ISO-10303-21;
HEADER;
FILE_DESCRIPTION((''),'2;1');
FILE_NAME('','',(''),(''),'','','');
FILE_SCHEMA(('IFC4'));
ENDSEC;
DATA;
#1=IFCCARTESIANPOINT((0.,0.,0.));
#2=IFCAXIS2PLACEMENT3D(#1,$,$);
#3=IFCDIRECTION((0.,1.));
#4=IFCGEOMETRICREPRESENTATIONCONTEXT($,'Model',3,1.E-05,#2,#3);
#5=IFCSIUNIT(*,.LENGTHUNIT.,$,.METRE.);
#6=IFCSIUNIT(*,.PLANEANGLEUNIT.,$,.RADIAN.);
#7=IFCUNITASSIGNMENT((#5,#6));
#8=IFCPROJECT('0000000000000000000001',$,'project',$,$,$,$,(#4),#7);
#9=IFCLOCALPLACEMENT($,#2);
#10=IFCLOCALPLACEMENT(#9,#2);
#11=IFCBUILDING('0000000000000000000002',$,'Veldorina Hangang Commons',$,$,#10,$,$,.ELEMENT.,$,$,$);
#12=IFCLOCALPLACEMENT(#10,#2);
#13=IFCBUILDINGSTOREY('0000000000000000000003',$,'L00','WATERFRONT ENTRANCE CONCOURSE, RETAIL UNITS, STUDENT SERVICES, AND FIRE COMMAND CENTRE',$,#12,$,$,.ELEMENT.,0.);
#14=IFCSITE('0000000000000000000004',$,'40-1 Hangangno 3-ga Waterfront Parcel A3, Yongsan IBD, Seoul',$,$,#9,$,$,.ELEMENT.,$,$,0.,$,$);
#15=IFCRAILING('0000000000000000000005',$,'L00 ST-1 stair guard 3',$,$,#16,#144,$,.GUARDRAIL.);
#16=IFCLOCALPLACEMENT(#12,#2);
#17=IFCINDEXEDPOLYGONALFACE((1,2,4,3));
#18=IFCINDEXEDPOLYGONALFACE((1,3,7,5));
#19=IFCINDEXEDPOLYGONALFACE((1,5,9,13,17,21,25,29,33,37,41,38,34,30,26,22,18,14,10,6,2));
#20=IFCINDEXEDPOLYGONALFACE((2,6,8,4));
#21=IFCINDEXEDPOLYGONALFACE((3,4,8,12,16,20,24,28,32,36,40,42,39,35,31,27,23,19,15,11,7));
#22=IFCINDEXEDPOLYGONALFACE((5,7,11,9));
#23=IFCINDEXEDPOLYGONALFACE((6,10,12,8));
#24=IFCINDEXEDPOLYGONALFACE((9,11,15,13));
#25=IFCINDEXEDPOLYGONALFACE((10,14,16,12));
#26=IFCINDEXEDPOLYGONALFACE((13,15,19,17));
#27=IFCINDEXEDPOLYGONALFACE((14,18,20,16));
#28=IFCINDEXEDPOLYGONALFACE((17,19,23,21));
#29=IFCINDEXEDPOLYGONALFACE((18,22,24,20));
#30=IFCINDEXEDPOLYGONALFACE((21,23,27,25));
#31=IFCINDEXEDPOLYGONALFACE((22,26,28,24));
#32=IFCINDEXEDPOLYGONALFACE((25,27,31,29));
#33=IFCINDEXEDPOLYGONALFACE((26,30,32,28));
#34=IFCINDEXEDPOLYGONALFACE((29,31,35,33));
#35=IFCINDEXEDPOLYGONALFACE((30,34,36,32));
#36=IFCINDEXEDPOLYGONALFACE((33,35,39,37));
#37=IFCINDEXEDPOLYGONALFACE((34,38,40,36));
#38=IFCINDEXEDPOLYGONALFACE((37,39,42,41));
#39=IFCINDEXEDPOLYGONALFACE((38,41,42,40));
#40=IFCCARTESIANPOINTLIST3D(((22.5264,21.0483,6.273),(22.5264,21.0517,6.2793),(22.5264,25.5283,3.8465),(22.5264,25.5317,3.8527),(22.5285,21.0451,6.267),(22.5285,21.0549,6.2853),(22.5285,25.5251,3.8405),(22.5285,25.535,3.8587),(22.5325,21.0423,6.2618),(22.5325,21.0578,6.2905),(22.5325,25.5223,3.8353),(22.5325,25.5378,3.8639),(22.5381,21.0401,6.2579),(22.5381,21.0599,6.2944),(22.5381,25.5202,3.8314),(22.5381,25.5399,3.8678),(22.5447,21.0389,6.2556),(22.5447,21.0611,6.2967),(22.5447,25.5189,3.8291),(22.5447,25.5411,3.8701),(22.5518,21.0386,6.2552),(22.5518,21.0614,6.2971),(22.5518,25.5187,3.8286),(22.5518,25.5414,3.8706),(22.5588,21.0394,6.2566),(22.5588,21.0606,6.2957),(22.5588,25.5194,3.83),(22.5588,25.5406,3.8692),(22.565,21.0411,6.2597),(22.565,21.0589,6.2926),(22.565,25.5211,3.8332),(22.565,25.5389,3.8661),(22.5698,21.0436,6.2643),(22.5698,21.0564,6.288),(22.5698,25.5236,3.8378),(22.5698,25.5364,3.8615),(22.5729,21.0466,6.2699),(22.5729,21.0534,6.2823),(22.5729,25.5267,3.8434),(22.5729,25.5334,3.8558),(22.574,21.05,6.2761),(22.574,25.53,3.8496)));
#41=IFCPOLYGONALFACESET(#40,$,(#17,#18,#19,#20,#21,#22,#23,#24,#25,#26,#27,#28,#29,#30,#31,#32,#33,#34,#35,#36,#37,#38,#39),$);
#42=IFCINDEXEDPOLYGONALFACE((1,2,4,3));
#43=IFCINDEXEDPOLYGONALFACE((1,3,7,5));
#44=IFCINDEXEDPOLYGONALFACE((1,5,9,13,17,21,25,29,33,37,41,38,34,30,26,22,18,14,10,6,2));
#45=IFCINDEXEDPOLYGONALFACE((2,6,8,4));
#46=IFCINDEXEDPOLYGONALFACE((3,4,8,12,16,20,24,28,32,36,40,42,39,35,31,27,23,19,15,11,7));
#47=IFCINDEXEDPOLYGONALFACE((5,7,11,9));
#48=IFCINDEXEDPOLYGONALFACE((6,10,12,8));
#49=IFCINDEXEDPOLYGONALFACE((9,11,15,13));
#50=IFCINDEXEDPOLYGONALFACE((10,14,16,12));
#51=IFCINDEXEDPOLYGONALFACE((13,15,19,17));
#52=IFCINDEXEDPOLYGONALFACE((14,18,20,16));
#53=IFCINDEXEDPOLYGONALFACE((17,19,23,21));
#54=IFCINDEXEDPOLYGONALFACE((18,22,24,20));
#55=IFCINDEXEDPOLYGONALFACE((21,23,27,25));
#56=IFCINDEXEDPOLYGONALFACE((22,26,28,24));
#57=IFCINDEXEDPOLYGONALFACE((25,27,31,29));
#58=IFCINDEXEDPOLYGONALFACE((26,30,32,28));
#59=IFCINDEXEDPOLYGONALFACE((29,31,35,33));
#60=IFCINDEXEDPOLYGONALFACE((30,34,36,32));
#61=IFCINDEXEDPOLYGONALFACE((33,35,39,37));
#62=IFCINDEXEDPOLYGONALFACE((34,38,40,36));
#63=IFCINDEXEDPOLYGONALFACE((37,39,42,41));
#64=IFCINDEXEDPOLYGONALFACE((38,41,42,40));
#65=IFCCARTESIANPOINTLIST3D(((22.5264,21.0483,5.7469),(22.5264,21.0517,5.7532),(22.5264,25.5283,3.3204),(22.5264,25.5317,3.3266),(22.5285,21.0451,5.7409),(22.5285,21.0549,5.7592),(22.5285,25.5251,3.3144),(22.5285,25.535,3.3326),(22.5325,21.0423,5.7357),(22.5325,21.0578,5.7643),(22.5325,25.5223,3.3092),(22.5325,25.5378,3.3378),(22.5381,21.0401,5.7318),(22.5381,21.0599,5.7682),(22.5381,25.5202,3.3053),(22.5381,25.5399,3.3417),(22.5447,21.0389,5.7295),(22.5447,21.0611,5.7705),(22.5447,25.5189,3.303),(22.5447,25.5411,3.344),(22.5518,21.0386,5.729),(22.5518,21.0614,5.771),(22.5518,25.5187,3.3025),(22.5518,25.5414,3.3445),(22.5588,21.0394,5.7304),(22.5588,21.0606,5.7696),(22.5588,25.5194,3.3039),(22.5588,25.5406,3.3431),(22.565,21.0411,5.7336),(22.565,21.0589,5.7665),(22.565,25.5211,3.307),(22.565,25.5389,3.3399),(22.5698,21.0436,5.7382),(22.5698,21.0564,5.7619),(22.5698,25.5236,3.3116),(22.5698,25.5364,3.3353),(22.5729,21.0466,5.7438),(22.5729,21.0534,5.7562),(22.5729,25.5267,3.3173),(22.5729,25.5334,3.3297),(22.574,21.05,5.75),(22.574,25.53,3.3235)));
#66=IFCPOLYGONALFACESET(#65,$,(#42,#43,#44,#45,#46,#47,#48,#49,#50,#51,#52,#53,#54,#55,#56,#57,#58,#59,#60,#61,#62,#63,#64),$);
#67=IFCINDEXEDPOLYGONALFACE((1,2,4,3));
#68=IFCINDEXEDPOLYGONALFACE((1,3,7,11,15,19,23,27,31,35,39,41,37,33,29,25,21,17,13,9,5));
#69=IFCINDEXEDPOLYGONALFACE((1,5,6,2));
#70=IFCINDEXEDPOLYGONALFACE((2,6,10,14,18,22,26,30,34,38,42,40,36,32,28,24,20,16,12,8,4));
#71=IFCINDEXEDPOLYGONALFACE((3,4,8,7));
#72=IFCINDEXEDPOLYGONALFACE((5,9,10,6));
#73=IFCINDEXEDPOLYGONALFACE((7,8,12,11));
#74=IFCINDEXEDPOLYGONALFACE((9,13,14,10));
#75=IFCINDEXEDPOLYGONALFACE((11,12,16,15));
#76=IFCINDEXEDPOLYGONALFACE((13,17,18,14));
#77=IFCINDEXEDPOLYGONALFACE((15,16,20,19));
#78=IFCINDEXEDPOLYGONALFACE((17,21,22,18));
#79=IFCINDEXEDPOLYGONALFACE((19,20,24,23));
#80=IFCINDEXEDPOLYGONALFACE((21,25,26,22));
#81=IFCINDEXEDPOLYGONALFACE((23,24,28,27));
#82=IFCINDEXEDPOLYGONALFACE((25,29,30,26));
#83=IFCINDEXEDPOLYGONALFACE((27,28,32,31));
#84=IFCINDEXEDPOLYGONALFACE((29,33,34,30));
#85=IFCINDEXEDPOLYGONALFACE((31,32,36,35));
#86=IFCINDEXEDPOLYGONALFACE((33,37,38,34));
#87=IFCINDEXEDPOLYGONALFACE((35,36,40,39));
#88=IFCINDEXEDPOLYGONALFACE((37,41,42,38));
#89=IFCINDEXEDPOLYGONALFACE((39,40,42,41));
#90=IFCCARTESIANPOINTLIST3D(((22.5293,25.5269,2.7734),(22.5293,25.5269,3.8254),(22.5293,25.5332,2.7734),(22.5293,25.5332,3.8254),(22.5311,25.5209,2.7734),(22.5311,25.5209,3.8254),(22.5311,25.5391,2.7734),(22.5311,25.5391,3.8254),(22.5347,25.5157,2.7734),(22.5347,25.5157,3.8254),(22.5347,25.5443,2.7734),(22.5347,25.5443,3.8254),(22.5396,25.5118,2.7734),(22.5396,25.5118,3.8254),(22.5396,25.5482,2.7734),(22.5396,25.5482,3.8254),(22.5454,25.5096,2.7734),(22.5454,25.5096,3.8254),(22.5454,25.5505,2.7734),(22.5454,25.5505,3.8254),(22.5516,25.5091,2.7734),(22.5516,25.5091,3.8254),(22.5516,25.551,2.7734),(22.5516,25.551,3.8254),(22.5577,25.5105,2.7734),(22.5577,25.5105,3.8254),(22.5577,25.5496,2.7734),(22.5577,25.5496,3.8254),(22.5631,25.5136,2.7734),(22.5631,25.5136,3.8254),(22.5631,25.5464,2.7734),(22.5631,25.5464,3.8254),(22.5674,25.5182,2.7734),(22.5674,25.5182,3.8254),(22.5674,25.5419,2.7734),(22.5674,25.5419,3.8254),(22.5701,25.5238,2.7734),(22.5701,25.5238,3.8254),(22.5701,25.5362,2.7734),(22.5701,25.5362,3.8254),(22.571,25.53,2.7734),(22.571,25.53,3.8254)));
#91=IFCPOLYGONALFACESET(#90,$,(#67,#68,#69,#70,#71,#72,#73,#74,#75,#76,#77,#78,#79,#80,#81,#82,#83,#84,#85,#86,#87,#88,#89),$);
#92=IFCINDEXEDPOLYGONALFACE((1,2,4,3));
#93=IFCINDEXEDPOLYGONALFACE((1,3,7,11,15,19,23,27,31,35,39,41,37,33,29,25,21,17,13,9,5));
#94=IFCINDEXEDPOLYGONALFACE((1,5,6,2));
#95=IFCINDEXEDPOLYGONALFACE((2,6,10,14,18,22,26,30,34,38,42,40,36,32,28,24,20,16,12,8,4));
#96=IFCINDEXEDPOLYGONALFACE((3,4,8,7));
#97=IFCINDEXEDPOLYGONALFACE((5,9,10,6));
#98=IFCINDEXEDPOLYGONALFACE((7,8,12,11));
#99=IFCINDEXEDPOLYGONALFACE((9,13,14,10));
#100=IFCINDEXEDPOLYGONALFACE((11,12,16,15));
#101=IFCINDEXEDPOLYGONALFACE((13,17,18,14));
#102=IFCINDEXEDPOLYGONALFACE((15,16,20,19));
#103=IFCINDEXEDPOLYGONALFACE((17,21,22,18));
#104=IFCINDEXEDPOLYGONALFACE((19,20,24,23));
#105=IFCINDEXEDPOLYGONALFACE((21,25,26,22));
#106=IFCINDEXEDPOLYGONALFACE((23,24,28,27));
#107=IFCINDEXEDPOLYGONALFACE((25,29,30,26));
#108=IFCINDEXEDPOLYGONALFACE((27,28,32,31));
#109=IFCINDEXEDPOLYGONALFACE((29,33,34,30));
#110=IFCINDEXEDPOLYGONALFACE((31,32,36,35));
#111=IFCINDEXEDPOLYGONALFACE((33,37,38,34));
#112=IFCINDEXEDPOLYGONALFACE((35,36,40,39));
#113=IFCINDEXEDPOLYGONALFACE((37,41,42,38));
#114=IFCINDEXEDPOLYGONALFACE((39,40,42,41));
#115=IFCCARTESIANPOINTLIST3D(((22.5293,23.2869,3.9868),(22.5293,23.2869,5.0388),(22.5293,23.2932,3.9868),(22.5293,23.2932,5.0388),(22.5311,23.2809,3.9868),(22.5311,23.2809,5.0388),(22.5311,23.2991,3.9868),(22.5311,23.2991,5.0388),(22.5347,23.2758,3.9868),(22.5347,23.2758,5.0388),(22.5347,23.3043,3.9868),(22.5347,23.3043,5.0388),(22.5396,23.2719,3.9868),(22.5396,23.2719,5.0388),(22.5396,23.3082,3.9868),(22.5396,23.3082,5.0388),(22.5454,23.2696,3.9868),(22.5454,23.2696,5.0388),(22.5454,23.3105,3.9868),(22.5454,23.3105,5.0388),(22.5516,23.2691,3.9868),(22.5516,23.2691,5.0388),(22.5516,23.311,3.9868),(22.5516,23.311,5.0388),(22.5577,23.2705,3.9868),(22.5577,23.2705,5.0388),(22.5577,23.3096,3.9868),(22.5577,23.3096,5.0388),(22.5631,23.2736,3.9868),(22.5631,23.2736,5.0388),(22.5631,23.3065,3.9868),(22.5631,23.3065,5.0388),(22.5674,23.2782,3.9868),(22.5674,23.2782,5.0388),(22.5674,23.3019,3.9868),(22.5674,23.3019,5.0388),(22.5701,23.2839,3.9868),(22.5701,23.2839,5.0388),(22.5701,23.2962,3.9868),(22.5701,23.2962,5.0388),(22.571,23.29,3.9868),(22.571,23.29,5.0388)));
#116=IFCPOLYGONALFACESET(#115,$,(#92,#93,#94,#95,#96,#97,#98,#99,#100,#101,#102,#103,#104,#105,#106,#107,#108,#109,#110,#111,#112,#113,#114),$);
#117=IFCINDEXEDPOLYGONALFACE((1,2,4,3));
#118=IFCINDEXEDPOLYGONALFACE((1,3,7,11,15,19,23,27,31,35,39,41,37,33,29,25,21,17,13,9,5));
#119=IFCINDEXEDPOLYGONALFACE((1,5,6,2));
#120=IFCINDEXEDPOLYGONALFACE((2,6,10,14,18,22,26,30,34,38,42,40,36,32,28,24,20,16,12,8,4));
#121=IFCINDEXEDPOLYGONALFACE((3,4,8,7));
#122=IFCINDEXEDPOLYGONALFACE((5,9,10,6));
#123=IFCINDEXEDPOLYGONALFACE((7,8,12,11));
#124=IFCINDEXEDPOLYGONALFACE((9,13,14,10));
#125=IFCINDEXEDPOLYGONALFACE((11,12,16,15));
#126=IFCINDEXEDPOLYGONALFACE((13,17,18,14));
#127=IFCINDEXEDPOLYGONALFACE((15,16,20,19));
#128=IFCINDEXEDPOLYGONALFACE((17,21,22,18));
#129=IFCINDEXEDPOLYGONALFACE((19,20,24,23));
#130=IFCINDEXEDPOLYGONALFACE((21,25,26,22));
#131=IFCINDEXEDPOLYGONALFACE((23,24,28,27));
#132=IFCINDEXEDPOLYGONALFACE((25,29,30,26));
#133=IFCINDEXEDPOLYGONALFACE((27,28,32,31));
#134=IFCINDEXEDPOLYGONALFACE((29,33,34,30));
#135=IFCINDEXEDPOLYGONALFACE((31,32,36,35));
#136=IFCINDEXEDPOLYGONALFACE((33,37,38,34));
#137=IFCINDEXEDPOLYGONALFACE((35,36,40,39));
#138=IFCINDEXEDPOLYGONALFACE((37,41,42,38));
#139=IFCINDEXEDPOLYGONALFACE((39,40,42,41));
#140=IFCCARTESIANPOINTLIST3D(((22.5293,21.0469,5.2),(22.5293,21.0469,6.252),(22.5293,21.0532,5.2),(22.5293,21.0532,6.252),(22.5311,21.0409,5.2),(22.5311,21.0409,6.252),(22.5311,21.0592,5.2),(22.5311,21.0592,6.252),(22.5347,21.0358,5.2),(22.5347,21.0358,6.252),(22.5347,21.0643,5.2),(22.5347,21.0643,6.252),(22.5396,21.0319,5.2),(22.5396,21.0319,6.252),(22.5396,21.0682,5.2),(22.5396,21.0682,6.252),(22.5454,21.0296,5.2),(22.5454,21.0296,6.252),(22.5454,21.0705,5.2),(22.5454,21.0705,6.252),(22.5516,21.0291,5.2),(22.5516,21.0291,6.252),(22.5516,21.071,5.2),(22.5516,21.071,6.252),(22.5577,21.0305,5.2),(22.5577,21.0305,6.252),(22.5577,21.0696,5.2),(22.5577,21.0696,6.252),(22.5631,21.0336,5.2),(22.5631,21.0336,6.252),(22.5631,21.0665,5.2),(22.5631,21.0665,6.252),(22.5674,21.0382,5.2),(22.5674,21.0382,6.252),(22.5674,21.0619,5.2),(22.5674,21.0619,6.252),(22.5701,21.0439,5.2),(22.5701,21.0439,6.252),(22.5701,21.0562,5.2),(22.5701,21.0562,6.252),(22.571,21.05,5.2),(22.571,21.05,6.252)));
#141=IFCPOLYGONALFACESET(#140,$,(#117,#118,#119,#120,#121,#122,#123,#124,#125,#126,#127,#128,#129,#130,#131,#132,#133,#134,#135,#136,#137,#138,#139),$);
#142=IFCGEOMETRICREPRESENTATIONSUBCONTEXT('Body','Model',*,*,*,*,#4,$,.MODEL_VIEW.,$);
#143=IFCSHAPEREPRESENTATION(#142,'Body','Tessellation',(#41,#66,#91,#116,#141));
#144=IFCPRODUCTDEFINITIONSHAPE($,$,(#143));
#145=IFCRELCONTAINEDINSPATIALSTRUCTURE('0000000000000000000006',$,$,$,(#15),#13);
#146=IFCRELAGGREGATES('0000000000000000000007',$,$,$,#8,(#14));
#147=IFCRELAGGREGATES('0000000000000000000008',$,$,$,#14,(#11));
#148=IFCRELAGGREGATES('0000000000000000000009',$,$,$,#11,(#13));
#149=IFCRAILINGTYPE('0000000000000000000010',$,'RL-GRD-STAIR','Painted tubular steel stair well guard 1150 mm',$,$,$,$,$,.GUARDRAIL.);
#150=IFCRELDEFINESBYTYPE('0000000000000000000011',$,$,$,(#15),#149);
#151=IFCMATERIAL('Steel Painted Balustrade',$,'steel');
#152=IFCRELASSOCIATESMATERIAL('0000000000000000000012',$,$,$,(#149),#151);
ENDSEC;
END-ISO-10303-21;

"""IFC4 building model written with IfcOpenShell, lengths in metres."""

from ifc_helpers import new_model, si_unit, direction, frame, origin, origin_2d, place, context, subcontext, project, spatial, circle, extrude, material, type_object, element, save


model = new_model("IFC4")

# Units and contexts
model_context = context("Model", 3, precision=1e-05, world=origin(), true_north=direction((0.0, 1.0)))
body_context = subcontext(model_context, "Body", "Model", "MODEL_VIEW")
ifc_project = project(units=[si_unit("LENGTHUNIT", "METRE"), si_unit("PLANEANGLEUNIT", "RADIAN")], contexts=[model_context])

# Site, building, storey
site_placement = place(None, origin())
site = spatial("IfcSite", under=ifc_project, at=site_placement, Name="40-1 Hangangno 3-ga Waterfront Parcel A3, Yongsan IBD, Seoul", CompositionType="ELEMENT", RefElevation=0.0)
building_placement = place(site_placement, origin())
building = spatial("IfcBuilding", under=site, at=building_placement, Name="Veldorina Hangang Commons", CompositionType="ELEMENT")
storey_placement = place(building_placement, origin())
storey = spatial("IfcBuildingStorey", under=building, at=storey_placement, Name="L00", Description="WATERFRONT ENTRANCE CONCOURSE, RETAIL UNITS, STUDENT SERVICES, AND FIRE COMMAND CENTRE", CompositionType="ELEMENT", Elevation=0.0)

# Railing
ifc_material_1 = material(Name="Steel Painted Balustrade", Category="steel")
railing_type_1 = type_object("IfcRailingType", Name="RL-GRD-STAIR", Description="Painted tubular steel stair well guard 1150 mm", PredefinedType="GUARDRAIL", material=ifc_material_1)
railing_1_placement = place(storey_placement, frame((22.55, 25.53, 2.7734)))
element("IfcRailing", 1, at=railing_1_placement, inside=storey, type_object=railing_type_1, Name="L00 ST-1 stair guard 3", PredefinedType="GUARDRAIL", context=body_context, shape_type="SweptSolid", body=[
    extrude(circle(Radius=0.0239, at=origin_2d()), frame((0.0, 0.0, 1.0762), z_axis=(0.0, -0.879304, 0.476262), x_axis=(1.0, 0.0, 0.0)), (0.0, 0.0, 1.0), 5.095),
    extrude(circle(Radius=0.0239, at=origin_2d()), frame((0.0, 0.0, 0.55), z_axis=(0.0, -0.879304, 0.476262), x_axis=(1.0, 0.0, 0.0)), (0.0, 0.0, 1.0), 5.095),
    extrude(circle(Radius=0.021, at=origin_2d()), origin(), (0.0, 0.0, 1.0), 1.052),
    extrude(circle(Radius=0.021, at=origin_2d()), frame((0.0, -2.24, 1.2134)), (0.0, 0.0, 1.0), 1.052),
    extrude(circle(Radius=0.021, at=origin_2d()), frame((0.0, -4.48, 2.4265)), (0.0, 0.0, 1.0), 1.052),
])

save(model, "model.ifc")
